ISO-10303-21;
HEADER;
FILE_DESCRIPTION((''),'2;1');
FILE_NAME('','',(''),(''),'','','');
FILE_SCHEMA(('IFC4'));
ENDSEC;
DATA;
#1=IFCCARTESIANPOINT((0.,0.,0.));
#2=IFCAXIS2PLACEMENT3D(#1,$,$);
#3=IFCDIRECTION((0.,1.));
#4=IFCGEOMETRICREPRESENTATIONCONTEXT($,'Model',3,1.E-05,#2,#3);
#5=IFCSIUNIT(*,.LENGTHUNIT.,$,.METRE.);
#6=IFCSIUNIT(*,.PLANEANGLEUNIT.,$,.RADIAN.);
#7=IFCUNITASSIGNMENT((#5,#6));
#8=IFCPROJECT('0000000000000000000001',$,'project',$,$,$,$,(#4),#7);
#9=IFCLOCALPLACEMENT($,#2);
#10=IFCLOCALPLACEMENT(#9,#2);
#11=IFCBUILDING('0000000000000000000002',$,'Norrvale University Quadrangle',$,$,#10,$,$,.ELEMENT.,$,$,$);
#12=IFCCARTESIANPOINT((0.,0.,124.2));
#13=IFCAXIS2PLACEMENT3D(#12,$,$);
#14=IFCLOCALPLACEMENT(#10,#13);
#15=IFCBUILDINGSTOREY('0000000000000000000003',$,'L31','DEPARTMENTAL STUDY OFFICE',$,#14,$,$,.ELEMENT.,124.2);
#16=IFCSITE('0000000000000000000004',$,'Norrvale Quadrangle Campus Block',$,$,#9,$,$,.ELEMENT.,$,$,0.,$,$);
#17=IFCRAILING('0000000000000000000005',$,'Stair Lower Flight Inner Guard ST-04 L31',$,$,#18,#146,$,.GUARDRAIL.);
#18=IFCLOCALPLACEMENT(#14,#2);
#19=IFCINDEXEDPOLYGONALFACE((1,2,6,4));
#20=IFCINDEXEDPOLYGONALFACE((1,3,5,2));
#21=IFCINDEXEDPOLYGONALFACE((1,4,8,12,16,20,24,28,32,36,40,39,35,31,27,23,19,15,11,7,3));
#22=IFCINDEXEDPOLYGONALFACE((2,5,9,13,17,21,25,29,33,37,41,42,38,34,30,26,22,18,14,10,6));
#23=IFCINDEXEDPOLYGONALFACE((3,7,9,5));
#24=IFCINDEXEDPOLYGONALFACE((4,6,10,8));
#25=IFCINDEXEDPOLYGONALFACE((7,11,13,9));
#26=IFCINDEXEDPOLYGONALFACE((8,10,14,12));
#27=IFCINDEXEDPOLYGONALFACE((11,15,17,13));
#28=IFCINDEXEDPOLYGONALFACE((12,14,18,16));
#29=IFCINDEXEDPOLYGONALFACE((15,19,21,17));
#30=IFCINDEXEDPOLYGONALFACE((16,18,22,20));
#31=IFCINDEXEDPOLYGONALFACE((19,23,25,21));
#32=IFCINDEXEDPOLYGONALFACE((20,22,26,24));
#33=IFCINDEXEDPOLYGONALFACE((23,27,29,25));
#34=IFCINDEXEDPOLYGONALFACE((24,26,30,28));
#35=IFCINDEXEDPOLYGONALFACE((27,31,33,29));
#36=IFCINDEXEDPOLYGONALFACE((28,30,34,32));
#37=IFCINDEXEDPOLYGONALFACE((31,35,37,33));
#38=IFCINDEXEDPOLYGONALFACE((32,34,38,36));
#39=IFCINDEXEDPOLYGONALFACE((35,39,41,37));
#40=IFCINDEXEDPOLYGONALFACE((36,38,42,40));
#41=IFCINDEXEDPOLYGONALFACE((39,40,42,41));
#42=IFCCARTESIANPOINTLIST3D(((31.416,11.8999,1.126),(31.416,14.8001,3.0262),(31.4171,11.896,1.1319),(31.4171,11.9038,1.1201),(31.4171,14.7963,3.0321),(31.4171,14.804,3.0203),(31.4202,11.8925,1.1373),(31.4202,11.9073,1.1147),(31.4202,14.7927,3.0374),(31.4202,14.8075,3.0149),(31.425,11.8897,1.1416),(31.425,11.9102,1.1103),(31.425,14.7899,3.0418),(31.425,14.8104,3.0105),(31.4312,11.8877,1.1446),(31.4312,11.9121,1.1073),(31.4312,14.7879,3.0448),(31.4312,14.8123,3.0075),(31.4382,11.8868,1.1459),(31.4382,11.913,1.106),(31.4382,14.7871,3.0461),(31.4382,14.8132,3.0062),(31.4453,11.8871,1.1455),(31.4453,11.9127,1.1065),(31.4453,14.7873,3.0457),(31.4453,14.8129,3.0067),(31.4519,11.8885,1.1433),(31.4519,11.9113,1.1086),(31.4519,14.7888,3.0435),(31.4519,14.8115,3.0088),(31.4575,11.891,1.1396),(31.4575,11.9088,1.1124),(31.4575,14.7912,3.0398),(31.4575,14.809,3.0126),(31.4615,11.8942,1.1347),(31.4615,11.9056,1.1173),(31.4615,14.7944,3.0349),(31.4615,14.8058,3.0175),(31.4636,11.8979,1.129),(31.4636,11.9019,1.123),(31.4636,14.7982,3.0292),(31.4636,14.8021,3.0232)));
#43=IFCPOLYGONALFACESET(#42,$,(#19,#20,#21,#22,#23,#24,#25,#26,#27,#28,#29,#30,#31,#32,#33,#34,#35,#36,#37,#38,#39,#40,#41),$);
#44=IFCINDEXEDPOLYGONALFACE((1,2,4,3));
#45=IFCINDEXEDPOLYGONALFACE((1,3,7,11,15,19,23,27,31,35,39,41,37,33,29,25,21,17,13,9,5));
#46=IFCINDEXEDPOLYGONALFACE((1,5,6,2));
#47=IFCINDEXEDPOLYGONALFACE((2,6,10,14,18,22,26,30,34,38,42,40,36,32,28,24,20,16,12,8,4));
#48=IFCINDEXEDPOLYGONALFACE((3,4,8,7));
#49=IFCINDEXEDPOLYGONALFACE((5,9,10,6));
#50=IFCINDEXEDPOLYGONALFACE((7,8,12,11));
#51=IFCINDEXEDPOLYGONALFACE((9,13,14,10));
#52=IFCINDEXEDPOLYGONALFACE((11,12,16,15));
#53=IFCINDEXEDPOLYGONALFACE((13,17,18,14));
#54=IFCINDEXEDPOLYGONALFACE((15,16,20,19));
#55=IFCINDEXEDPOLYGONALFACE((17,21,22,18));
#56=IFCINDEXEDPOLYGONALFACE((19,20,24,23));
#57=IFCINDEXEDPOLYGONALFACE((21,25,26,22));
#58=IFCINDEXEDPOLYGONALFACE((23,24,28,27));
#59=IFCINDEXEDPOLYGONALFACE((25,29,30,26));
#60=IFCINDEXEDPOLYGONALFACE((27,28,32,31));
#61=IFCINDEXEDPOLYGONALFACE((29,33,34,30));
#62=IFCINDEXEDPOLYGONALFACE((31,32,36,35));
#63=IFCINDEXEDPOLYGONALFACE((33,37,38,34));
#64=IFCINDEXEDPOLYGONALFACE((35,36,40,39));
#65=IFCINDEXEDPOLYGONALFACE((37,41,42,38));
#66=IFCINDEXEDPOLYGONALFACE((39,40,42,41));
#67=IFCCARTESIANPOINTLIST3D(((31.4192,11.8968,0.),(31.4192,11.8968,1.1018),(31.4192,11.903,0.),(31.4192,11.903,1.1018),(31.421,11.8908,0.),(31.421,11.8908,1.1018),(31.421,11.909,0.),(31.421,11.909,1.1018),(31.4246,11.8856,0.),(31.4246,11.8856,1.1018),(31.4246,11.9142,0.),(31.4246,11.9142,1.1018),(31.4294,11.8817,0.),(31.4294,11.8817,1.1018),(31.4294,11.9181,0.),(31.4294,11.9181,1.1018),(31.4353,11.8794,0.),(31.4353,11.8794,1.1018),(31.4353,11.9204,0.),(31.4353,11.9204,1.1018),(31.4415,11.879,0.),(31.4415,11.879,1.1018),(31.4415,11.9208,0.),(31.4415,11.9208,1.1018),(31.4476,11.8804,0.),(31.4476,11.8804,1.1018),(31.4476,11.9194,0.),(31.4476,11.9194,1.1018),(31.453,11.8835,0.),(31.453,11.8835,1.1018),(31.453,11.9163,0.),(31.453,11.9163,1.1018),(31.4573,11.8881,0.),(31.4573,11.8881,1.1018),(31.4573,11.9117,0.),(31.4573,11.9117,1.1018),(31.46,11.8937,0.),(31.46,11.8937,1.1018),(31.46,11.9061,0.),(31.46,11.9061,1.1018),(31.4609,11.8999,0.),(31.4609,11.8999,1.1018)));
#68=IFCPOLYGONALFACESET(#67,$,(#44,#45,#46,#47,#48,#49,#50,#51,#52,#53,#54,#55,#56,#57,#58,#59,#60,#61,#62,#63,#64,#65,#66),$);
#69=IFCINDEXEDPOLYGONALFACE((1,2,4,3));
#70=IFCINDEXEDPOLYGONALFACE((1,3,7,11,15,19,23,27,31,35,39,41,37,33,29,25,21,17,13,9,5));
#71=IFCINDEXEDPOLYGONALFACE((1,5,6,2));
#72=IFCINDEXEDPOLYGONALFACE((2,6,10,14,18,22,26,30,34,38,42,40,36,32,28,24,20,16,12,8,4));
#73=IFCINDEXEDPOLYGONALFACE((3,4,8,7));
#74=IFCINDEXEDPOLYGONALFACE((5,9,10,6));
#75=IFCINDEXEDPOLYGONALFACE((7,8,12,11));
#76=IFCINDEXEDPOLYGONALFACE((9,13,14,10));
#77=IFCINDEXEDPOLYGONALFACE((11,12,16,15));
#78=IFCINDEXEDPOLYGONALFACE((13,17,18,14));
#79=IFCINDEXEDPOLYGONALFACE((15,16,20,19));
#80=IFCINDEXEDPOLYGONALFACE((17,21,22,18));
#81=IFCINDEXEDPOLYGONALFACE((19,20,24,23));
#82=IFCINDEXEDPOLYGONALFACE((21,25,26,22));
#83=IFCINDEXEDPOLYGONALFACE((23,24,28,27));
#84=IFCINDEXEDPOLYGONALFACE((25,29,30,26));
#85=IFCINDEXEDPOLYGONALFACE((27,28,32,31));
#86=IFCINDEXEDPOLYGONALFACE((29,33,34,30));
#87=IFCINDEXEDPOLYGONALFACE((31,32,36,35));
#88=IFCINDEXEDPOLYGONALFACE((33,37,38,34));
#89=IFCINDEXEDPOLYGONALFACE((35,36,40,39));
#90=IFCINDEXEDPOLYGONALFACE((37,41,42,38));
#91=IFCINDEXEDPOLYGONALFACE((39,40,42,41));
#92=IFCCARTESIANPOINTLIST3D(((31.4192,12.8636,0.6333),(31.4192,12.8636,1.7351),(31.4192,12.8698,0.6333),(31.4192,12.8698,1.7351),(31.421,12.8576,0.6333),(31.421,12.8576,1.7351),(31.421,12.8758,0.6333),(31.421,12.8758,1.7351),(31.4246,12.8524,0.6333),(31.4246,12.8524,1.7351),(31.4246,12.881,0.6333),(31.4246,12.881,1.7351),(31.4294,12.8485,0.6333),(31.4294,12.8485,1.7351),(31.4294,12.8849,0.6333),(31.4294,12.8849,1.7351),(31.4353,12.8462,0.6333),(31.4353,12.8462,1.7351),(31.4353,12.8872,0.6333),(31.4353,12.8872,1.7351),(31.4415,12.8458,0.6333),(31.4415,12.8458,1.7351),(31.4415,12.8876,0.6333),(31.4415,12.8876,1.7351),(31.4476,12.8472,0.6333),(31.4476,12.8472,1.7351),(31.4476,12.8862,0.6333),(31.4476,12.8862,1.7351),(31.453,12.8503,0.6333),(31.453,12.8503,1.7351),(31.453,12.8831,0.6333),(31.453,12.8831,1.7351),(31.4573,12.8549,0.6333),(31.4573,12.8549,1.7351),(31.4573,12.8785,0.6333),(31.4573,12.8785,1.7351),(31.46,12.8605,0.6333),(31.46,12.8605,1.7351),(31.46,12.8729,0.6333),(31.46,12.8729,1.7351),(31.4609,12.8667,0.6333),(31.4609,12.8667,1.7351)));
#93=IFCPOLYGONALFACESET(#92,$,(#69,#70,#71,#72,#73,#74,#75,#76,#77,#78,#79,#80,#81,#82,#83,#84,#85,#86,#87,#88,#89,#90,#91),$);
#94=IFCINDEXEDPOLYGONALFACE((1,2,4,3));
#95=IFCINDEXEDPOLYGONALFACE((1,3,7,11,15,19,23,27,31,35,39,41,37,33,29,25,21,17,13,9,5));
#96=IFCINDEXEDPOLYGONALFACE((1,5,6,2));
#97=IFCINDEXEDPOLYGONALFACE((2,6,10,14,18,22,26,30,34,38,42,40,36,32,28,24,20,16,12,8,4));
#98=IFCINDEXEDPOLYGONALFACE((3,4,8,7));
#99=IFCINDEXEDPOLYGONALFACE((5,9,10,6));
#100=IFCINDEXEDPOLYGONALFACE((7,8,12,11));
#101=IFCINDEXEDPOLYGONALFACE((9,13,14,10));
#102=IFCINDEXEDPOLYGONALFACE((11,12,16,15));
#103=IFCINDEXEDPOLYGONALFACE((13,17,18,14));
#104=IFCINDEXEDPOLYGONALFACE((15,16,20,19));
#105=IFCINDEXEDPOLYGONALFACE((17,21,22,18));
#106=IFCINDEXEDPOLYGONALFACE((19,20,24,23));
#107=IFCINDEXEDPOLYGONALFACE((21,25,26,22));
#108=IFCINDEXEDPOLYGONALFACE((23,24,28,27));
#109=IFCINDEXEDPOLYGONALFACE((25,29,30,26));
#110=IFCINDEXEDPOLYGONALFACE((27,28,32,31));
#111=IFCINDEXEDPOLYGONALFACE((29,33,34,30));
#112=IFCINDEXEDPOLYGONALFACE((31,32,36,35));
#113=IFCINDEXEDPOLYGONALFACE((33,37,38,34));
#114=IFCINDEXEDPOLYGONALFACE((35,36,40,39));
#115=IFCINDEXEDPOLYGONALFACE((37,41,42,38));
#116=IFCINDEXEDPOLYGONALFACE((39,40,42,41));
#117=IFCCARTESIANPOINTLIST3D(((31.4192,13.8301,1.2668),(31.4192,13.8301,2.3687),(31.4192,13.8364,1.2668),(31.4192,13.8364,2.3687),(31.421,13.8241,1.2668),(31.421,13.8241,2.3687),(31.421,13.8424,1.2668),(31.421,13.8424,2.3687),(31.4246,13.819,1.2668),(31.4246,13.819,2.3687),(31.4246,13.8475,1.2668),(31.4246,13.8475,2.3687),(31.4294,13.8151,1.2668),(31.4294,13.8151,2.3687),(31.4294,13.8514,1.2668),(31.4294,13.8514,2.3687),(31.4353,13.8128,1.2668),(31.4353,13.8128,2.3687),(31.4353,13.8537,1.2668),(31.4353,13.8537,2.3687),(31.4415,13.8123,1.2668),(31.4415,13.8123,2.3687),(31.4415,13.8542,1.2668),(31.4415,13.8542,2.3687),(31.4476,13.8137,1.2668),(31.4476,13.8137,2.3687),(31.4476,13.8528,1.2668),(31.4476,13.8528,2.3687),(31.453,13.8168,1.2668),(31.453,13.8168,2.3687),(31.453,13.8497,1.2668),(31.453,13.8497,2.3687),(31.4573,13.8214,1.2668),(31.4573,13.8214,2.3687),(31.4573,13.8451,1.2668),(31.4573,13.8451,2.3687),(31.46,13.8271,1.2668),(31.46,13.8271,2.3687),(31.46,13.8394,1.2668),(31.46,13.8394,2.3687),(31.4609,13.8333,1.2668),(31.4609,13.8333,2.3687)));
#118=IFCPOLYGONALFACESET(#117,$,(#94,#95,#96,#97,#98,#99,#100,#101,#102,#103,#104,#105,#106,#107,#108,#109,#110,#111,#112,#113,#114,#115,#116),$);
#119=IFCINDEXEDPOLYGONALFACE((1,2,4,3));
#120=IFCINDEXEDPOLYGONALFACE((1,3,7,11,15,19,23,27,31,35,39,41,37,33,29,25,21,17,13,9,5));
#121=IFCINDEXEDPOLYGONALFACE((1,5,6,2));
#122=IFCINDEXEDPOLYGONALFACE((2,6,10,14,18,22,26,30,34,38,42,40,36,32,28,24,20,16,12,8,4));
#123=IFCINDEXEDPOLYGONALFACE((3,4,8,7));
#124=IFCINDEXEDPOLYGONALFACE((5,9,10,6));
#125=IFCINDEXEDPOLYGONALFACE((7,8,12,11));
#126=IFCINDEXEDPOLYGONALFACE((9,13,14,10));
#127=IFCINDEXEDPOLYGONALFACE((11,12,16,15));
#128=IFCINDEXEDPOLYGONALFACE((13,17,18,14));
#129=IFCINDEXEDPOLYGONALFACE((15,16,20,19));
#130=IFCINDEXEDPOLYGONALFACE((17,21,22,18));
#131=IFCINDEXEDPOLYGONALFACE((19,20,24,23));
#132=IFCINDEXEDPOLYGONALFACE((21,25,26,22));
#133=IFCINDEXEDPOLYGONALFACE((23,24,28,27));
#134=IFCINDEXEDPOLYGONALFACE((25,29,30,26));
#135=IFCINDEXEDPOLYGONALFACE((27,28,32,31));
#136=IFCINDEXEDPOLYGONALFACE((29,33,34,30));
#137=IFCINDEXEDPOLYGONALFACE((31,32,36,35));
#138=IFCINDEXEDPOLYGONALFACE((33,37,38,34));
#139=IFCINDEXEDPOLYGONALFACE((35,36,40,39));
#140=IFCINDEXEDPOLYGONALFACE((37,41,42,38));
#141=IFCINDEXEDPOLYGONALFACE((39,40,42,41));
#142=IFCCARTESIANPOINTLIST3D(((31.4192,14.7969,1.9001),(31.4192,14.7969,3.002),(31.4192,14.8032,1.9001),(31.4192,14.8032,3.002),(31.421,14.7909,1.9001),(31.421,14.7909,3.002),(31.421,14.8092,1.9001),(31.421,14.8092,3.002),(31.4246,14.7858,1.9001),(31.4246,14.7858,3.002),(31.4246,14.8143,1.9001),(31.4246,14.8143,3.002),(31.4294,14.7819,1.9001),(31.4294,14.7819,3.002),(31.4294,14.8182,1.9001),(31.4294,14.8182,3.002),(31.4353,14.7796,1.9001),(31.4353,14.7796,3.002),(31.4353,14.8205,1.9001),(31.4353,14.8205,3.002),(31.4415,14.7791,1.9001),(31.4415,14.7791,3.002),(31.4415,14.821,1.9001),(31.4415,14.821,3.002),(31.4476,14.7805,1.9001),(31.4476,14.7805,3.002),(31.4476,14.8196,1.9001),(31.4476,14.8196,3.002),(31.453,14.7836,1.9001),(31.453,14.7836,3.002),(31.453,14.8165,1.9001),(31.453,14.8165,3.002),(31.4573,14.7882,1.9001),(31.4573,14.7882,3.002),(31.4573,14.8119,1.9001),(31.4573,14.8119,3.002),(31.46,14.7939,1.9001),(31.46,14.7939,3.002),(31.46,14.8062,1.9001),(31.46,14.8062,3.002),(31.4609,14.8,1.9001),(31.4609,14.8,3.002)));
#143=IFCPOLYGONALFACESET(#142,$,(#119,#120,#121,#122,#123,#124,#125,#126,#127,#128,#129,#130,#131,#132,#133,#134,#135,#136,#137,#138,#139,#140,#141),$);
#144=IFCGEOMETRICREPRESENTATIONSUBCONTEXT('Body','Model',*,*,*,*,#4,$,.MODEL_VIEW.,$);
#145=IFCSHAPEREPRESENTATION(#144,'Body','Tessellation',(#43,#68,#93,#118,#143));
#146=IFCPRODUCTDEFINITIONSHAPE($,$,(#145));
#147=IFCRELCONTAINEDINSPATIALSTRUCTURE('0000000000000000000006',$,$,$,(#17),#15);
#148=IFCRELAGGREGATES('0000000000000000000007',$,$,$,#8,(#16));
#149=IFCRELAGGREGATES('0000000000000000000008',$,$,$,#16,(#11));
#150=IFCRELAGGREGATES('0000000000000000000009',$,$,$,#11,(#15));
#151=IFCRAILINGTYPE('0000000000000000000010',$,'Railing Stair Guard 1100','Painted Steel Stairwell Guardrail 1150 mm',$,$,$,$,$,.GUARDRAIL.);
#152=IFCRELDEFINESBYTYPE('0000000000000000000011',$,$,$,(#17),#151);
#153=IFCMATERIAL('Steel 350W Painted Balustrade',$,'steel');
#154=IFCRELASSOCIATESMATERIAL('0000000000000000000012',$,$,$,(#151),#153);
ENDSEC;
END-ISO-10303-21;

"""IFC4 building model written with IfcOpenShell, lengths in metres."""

from ifc_helpers import new_model, si_unit, direction, frame, origin, origin_2d, place, context, subcontext, project, spatial, circle, extrude, material, type_object, element, save


model = new_model("IFC4")

# Units and contexts
model_context = context("Model", 3, precision=1e-05, world=origin(), true_north=direction((0.0, 1.0)))
body_context = subcontext(model_context, "Body", "Model", "MODEL_VIEW")
ifc_project = project(units=[si_unit("LENGTHUNIT", "METRE"), si_unit("PLANEANGLEUNIT", "RADIAN")], contexts=[model_context])

# Site, building, storey
site_placement = place(None, origin())
site = spatial("IfcSite", under=ifc_project, at=site_placement, Name="Norrvale Quadrangle Campus Block", CompositionType="ELEMENT", RefElevation=0.0)
building_placement = place(site_placement, origin())
building = spatial("IfcBuilding", under=site, at=building_placement, Name="Norrvale University Quadrangle", CompositionType="ELEMENT")
storey_placement = place(building_placement, frame((0.0, 0.0, 124.2)))
storey = spatial("IfcBuildingStorey", under=building, at=storey_placement, Name="L31", Description="DEPARTMENTAL STUDY OFFICE", CompositionType="ELEMENT", Elevation=124.2)

# Railing
ifc_material_1 = material(Name="Steel 350W Painted Balustrade", Category="steel")
railing_type_1 = type_object("IfcRailingType", Name="Railing Stair Guard 1100", Description="Painted Steel Stairwell Guardrail 1150 mm", PredefinedType="GUARDRAIL", material=ifc_material_1)
railing_1_placement = place(storey_placement, frame((31.4399, 11.8999, 0.0)))
element("IfcRailing", 1, at=railing_1_placement, inside=storey, type_object=railing_type_1, Name="Stair Lower Flight Inner Guard ST-04 L31", PredefinedType="GUARDRAIL", context=body_context, shape_type="SweptSolid", body=[
    extrude(circle(Radius=0.0239, at=origin_2d()), frame((0.0, 0.0, 1.126), z_axis=(0.0, 0.836454, 0.548036), x_axis=(-1.0, 0.0, 0.0)), (0.0, 0.0, 1.0), 3.4673),
    extrude(circle(Radius=0.021, at=origin_2d()), origin(), (0.0, 0.0, 1.0), 1.1018),
    extrude(circle(Radius=0.021, at=origin_2d()), frame((0.0, 0.9668, 0.6333)), (0.0, 0.0, 1.0), 1.1018),
    extrude(circle(Radius=0.021, at=origin_2d()), frame((0.0, 1.9333, 1.2668)), (0.0, 0.0, 1.0), 1.1018),
    extrude(circle(Radius=0.021, at=origin_2d()), frame((0.0, 2.9001, 1.9001)), (0.0, 0.0, 1.0), 1.1018),
])

save(model, "model.ifc")
